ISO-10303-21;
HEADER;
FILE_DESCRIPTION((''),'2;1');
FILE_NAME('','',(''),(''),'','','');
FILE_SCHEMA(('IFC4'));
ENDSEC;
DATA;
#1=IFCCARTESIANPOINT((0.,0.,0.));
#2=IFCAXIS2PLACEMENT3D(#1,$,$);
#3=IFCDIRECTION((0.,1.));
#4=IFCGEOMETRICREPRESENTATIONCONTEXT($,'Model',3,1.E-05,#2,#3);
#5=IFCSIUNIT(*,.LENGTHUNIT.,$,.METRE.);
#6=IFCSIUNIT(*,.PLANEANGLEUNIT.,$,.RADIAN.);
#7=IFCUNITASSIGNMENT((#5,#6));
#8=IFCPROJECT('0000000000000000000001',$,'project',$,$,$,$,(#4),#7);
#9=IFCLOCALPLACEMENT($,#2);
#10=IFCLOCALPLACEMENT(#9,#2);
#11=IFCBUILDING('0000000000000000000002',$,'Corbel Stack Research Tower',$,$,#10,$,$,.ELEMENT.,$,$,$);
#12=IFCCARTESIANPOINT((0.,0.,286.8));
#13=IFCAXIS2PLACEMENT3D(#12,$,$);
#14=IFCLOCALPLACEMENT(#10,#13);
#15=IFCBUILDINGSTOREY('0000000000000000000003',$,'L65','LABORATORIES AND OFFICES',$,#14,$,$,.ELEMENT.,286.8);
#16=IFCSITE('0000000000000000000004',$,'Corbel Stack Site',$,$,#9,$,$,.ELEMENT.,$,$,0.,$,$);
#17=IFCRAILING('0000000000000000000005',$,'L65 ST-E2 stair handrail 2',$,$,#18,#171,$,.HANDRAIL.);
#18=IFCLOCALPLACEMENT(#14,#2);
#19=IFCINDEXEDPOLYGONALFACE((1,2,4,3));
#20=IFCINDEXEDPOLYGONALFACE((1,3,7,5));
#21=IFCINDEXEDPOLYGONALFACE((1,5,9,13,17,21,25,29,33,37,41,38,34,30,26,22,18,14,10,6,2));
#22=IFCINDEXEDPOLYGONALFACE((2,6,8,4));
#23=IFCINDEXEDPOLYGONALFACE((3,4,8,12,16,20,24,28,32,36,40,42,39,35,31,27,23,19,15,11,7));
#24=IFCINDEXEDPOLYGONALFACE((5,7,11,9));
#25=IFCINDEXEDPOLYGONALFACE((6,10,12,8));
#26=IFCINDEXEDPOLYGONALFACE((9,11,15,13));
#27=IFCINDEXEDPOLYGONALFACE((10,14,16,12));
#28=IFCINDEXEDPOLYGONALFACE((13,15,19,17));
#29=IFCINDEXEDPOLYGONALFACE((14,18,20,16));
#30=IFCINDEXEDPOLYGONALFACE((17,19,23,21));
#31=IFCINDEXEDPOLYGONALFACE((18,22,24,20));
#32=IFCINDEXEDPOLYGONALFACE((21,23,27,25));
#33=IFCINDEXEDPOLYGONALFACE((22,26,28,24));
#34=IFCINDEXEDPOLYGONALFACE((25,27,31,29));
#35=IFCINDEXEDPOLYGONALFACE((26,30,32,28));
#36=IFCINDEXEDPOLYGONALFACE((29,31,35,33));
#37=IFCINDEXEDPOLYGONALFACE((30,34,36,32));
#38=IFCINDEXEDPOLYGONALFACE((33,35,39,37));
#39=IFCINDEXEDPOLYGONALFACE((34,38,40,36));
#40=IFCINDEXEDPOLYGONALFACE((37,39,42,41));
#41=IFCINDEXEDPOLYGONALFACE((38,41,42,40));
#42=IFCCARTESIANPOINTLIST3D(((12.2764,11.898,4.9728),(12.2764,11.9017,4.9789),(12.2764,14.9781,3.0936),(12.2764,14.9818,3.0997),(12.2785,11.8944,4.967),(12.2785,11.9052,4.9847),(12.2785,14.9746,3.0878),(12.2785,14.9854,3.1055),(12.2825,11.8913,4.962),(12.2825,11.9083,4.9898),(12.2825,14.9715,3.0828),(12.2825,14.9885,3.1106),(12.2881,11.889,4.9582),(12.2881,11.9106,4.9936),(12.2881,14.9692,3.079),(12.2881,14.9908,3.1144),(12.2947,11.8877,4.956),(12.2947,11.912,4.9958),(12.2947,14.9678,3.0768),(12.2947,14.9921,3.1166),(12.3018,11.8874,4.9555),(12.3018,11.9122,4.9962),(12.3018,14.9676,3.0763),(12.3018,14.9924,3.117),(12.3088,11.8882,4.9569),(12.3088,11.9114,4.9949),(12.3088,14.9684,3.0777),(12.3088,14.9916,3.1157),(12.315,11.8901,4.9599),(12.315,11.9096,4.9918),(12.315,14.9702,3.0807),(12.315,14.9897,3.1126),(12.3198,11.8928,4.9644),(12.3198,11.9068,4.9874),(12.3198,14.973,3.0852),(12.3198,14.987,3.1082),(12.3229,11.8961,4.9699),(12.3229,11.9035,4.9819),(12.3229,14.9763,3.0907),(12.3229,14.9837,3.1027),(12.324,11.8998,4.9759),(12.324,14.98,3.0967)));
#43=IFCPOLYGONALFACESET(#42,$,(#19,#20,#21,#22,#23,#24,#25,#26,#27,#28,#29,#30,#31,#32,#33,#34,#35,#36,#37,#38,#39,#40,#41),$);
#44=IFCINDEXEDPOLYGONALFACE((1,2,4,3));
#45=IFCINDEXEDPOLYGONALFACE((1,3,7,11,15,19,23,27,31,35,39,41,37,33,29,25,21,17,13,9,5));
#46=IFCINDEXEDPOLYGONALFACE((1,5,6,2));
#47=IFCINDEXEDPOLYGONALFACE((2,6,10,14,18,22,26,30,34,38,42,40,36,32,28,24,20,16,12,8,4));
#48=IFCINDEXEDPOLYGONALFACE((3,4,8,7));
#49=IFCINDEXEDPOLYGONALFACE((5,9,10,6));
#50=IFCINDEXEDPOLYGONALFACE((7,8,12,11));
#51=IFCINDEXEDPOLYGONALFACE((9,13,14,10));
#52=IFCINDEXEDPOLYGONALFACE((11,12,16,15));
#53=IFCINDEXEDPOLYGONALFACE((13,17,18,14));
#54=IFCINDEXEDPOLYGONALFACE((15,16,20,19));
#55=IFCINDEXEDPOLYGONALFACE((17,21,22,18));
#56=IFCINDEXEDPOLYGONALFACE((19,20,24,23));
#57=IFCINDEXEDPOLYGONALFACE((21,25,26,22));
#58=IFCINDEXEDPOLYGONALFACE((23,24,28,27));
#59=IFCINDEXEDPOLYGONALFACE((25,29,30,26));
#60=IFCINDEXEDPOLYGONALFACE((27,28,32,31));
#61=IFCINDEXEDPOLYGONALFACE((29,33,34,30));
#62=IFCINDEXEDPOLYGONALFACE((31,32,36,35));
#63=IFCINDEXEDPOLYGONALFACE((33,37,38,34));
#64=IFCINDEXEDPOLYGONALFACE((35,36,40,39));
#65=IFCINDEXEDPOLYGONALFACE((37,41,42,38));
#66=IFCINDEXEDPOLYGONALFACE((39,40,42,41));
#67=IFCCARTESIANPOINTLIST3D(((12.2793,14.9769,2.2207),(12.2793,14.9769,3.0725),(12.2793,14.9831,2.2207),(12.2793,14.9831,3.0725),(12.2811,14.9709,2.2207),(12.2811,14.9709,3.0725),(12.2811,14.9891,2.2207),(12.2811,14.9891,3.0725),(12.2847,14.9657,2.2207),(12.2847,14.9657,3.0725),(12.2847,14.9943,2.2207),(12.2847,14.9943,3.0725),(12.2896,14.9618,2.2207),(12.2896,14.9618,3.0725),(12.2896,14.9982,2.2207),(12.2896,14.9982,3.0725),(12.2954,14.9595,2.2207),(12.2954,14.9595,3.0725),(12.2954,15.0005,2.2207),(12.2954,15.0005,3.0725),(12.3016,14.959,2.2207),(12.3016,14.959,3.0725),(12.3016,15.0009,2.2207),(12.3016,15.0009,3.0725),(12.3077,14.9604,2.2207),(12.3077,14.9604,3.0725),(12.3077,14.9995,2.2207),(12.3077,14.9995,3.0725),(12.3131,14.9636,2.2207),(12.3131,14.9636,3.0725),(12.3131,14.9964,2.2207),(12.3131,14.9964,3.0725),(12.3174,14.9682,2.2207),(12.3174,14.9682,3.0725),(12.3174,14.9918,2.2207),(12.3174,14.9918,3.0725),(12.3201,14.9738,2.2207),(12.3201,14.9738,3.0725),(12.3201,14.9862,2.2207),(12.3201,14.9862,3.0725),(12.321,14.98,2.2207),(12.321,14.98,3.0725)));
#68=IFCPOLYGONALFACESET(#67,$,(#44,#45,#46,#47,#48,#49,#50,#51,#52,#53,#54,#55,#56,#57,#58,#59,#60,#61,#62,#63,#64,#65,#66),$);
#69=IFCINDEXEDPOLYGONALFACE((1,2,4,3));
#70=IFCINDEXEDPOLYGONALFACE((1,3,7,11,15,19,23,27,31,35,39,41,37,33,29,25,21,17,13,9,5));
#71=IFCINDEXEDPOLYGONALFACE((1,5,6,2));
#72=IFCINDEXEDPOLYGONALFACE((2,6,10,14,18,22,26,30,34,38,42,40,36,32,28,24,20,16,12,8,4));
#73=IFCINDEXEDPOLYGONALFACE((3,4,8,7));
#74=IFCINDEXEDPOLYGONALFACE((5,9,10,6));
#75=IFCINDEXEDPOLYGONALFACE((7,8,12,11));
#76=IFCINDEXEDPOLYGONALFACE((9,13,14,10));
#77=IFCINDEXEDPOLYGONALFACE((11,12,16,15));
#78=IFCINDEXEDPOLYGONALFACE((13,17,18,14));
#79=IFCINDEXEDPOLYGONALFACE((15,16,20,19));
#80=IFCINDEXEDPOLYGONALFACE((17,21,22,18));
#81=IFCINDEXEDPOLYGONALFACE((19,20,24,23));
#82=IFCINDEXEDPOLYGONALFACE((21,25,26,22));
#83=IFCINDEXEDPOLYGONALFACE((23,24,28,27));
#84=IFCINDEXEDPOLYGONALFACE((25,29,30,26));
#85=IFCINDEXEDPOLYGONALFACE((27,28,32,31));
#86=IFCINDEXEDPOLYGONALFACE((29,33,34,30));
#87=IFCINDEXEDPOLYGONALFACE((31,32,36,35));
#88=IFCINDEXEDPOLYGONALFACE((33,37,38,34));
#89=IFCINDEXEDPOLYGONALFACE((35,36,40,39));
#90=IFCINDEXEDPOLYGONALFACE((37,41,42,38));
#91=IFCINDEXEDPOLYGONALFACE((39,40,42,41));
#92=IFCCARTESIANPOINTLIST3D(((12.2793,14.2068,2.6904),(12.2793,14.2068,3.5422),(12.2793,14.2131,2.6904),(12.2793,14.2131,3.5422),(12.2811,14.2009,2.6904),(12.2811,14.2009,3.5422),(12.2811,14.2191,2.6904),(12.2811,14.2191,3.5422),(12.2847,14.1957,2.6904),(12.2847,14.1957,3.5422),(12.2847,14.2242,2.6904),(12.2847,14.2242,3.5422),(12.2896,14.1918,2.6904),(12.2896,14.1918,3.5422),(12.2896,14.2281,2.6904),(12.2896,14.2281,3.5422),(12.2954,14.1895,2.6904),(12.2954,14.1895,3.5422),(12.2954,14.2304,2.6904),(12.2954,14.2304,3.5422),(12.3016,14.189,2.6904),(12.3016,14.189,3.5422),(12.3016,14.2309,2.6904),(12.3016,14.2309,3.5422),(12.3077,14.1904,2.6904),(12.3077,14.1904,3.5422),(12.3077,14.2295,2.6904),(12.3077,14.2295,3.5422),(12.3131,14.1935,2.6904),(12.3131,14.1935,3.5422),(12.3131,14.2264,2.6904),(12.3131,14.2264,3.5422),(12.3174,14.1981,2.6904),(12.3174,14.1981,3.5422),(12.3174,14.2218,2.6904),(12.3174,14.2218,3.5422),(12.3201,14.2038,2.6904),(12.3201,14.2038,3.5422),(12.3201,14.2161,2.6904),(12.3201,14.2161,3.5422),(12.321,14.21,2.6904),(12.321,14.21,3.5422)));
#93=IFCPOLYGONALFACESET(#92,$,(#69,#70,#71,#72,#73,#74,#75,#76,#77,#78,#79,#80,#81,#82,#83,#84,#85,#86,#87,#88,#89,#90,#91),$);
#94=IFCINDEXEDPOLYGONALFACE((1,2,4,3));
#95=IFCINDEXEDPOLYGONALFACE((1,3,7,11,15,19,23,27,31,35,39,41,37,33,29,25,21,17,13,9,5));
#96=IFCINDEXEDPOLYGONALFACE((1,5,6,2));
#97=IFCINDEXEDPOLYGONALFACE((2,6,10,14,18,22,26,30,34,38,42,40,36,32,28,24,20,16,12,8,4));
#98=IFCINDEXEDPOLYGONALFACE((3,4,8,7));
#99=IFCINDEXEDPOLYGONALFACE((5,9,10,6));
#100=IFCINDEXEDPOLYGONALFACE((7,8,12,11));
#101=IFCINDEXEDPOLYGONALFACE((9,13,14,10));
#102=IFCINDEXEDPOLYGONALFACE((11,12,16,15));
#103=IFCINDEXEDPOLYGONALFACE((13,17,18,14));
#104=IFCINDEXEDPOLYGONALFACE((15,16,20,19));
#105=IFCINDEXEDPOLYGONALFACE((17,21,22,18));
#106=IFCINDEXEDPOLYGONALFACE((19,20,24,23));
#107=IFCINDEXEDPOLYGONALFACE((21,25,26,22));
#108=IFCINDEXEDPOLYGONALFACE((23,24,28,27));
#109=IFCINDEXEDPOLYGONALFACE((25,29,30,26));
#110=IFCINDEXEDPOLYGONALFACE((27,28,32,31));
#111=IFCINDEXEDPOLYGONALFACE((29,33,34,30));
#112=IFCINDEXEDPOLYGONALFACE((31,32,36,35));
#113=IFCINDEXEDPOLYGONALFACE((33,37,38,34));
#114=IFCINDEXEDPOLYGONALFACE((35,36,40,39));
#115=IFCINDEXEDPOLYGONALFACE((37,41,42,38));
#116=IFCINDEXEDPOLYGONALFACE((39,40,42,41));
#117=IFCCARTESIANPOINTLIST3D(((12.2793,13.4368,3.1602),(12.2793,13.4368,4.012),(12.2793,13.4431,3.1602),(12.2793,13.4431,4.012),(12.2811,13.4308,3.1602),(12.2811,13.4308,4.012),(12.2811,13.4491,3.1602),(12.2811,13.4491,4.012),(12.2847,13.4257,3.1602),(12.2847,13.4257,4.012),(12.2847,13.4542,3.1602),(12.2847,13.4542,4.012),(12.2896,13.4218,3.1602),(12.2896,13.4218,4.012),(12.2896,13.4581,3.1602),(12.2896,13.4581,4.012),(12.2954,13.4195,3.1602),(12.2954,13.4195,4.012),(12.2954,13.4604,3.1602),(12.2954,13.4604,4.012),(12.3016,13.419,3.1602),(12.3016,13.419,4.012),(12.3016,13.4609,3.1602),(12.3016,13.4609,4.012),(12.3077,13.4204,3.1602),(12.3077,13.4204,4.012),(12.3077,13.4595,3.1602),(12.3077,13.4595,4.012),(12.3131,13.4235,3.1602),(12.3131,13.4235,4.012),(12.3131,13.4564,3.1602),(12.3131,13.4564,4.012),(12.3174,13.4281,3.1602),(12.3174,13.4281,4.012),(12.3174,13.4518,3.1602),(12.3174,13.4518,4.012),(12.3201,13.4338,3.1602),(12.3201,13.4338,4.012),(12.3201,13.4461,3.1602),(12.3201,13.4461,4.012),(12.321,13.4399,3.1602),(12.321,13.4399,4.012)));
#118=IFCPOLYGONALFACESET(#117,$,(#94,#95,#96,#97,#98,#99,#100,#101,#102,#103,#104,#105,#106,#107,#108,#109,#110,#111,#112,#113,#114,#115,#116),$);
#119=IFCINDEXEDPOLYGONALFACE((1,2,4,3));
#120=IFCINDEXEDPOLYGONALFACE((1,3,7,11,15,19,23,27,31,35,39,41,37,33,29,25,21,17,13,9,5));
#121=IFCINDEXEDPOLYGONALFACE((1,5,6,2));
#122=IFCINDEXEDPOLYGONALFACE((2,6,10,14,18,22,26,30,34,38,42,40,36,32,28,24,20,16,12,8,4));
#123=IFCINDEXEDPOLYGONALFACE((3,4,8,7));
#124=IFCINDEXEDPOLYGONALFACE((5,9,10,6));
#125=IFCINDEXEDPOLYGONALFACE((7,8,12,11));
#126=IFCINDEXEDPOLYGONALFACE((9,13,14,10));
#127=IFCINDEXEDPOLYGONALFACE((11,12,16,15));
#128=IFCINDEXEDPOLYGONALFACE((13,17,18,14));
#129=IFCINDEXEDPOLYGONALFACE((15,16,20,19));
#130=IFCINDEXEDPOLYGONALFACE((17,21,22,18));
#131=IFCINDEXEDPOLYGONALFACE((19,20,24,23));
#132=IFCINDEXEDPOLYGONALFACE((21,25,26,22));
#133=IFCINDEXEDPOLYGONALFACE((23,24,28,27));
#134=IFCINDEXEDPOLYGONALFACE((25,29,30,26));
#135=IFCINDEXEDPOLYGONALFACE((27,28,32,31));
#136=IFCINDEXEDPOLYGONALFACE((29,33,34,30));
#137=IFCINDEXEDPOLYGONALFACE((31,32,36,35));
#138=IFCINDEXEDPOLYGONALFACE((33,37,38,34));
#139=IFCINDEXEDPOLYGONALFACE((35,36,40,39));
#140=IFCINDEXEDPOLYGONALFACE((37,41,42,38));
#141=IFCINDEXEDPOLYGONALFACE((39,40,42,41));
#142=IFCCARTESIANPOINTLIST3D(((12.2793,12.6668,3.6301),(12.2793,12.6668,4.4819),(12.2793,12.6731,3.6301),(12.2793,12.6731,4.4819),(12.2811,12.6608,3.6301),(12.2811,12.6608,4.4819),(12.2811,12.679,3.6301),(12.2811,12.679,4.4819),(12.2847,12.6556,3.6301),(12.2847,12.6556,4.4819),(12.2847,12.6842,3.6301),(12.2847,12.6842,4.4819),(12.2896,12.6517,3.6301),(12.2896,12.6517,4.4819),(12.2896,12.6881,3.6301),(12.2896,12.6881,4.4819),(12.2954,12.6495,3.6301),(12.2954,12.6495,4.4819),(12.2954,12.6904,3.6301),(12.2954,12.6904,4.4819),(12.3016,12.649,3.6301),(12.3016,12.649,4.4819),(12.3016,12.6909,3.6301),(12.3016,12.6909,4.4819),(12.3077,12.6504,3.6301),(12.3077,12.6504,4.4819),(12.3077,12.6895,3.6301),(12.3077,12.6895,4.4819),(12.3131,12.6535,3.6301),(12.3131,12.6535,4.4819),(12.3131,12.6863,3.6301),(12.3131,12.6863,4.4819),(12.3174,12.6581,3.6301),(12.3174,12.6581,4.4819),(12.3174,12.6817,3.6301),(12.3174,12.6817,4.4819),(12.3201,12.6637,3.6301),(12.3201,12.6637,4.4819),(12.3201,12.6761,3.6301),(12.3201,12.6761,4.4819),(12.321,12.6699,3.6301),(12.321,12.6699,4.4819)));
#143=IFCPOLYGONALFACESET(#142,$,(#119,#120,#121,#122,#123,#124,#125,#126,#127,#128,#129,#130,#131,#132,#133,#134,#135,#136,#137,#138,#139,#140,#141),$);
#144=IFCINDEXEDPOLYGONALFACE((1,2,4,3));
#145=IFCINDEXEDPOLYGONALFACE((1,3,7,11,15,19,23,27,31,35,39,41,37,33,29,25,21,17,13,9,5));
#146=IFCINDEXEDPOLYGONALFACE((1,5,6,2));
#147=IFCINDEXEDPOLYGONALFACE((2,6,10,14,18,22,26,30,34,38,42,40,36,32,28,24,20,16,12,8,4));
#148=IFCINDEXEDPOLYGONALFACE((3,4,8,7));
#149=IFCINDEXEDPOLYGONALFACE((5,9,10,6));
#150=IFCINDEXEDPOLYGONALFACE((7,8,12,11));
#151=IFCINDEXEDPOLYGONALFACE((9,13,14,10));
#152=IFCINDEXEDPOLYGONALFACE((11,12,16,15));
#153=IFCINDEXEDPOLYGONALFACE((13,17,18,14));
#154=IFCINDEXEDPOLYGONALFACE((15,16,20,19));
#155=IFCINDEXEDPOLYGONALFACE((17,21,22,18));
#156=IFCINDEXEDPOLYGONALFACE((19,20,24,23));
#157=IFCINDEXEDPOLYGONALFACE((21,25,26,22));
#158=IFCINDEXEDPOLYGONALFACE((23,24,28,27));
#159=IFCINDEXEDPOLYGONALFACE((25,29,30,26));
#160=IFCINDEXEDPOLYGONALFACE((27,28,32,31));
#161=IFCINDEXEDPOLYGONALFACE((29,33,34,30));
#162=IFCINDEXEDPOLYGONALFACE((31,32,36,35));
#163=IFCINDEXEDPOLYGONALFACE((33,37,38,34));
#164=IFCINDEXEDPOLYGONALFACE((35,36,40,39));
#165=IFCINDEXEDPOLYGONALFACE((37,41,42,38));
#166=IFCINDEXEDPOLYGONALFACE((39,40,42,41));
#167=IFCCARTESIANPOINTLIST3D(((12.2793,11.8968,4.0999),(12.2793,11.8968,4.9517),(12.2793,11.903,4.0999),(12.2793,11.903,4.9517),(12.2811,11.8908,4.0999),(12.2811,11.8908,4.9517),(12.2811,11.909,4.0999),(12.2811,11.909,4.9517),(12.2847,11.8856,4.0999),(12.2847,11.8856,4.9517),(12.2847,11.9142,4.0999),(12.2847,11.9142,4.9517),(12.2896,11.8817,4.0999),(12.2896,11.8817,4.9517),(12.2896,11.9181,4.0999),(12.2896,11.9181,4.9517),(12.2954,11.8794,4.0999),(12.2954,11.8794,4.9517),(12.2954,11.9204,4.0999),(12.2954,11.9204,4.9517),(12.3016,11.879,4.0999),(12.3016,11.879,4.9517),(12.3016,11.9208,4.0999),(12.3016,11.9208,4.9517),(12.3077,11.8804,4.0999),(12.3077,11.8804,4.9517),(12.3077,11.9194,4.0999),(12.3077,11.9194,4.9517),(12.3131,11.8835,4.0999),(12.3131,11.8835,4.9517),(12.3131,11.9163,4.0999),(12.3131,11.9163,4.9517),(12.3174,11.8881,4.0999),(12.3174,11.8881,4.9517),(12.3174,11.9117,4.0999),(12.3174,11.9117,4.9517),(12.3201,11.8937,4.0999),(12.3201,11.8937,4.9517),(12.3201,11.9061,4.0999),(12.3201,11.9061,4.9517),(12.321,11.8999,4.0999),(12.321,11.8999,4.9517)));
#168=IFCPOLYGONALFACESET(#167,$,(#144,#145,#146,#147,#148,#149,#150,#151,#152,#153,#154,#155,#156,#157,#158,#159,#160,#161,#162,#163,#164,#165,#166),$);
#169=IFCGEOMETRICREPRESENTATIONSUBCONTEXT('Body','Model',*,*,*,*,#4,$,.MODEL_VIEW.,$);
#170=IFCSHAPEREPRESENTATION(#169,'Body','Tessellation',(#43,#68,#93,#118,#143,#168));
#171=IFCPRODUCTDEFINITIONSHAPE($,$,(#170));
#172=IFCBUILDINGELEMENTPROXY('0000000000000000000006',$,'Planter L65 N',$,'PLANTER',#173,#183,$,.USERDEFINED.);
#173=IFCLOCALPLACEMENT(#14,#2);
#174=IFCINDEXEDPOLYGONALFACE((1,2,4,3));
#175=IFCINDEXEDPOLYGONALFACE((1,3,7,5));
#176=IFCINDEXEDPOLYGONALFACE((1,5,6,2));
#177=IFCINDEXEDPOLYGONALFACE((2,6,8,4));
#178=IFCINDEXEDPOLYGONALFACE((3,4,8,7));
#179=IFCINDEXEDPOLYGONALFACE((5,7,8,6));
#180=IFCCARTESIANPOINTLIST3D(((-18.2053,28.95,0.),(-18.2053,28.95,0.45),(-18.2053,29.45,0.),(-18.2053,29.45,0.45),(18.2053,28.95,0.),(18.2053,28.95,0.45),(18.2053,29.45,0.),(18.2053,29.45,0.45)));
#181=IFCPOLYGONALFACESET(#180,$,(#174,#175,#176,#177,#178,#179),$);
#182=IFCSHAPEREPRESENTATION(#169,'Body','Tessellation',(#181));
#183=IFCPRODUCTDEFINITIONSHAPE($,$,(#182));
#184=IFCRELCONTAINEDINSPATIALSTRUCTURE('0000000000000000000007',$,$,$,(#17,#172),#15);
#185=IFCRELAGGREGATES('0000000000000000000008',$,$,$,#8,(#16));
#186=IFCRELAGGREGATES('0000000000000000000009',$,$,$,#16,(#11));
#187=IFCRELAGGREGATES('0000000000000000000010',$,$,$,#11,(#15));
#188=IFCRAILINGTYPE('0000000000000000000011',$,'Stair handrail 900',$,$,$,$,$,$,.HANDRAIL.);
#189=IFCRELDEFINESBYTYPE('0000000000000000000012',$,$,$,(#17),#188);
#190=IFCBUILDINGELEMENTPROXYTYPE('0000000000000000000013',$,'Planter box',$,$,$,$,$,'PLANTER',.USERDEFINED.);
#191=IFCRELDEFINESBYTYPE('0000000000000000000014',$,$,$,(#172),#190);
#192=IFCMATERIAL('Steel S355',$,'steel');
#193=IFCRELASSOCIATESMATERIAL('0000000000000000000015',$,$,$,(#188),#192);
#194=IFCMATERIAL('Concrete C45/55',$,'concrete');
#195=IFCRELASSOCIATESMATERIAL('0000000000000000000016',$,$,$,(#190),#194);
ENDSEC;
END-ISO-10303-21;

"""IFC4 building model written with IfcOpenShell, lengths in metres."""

from ifc_helpers import new_model, si_unit, direction, frame, origin, origin_2d, place, context, subcontext, project, spatial, rectangle, circle, extrude, material, type_object, element, save


model = new_model("IFC4")

# Units and contexts
model_context = context("Model", 3, precision=1e-05, world=origin(), true_north=direction((0.0, 1.0)))
body_context = subcontext(model_context, "Body", "Model", "MODEL_VIEW")
ifc_project = project(units=[si_unit("LENGTHUNIT", "METRE"), si_unit("PLANEANGLEUNIT", "RADIAN")], contexts=[model_context])

# Site, building, storey
site_placement = place(None, origin())
site = spatial("IfcSite", under=ifc_project, at=site_placement, Name="Corbel Stack Site", CompositionType="ELEMENT", RefElevation=0.0)
building_placement = place(site_placement, origin())
building = spatial("IfcBuilding", under=site, at=building_placement, Name="Corbel Stack Research Tower", CompositionType="ELEMENT")
storey_placement = place(building_placement, frame((0.0, 0.0, 286.8)))
storey = spatial("IfcBuildingStorey", under=building, at=storey_placement, Name="L65", Description="LABORATORIES AND OFFICES", CompositionType="ELEMENT", Elevation=286.8)

# Railing
ifc_material_1 = material(Name="Steel S355", Category="steel")
railing_type = type_object("IfcRailingType", Name="Stair handrail 900", PredefinedType="HANDRAIL", material=ifc_material_1)
railing_placement = place(storey_placement, frame((12.3, 14.98, 2.2207)))
element("IfcRailing", 1, at=railing_placement, inside=storey, type_object=railing_type, Name="L65 ST-E2 stair handrail 2", PredefinedType="HANDRAIL", context=body_context, shape_type="SweptSolid", body=[
    extrude(circle(Radius=0.0239, at=origin_2d()), frame((0.0, 0.0, 0.876), z_axis=(0.0, -0.853666, 0.52082), x_axis=(1.0, 0.0, 0.0)), (0.0, 0.0, 1.0), 3.6082),
    extrude(circle(Radius=0.021, at=origin_2d()), origin(), (0.0, 0.0, 1.0), 0.8518),
    extrude(circle(Radius=0.021, at=origin_2d()), frame((0.0, -0.77, 0.4697)), (0.0, 0.0, 1.0), 0.8518),
    extrude(circle(Radius=0.021, at=origin_2d()), frame((0.0, -1.54, 0.9395)), (0.0, 0.0, 1.0), 0.8518),
    extrude(circle(Radius=0.021, at=origin_2d()), frame((0.0, -2.3101, 1.4094)), (0.0, 0.0, 1.0), 0.8518),
    extrude(circle(Radius=0.021, at=origin_2d()), frame((0.0, -3.0801, 1.8792)), (0.0, 0.0, 1.0), 0.8518),
])

# Building element proxy
ifc_material_2 = material(Name="Concrete C45/55", Category="concrete")
building_element_proxy_type = type_object("IfcBuildingElementProxyType", Name="Planter box", ElementType="PLANTER", PredefinedType="USERDEFINED", material=ifc_material_2)
proxy_placement = place(storey_placement, frame((0.0, 29.2, 0.0), z_axis=(0.0, 0.0, 1.0), x_axis=(-1.0, 0.0, 0.0)))
element("IfcBuildingElementProxy", 2, at=proxy_placement, inside=storey, type_object=building_element_proxy_type, Name="Planter L65 N", ObjectType="PLANTER", PredefinedType="USERDEFINED", context=body_context, shape_type="SweptSolid", body=[
    extrude(rectangle(XDim=36.4106, YDim=0.5, at=origin_2d()), origin(), (0.0, 0.0, 1.0), 0.45),
])

save(model, "model.ifc")
